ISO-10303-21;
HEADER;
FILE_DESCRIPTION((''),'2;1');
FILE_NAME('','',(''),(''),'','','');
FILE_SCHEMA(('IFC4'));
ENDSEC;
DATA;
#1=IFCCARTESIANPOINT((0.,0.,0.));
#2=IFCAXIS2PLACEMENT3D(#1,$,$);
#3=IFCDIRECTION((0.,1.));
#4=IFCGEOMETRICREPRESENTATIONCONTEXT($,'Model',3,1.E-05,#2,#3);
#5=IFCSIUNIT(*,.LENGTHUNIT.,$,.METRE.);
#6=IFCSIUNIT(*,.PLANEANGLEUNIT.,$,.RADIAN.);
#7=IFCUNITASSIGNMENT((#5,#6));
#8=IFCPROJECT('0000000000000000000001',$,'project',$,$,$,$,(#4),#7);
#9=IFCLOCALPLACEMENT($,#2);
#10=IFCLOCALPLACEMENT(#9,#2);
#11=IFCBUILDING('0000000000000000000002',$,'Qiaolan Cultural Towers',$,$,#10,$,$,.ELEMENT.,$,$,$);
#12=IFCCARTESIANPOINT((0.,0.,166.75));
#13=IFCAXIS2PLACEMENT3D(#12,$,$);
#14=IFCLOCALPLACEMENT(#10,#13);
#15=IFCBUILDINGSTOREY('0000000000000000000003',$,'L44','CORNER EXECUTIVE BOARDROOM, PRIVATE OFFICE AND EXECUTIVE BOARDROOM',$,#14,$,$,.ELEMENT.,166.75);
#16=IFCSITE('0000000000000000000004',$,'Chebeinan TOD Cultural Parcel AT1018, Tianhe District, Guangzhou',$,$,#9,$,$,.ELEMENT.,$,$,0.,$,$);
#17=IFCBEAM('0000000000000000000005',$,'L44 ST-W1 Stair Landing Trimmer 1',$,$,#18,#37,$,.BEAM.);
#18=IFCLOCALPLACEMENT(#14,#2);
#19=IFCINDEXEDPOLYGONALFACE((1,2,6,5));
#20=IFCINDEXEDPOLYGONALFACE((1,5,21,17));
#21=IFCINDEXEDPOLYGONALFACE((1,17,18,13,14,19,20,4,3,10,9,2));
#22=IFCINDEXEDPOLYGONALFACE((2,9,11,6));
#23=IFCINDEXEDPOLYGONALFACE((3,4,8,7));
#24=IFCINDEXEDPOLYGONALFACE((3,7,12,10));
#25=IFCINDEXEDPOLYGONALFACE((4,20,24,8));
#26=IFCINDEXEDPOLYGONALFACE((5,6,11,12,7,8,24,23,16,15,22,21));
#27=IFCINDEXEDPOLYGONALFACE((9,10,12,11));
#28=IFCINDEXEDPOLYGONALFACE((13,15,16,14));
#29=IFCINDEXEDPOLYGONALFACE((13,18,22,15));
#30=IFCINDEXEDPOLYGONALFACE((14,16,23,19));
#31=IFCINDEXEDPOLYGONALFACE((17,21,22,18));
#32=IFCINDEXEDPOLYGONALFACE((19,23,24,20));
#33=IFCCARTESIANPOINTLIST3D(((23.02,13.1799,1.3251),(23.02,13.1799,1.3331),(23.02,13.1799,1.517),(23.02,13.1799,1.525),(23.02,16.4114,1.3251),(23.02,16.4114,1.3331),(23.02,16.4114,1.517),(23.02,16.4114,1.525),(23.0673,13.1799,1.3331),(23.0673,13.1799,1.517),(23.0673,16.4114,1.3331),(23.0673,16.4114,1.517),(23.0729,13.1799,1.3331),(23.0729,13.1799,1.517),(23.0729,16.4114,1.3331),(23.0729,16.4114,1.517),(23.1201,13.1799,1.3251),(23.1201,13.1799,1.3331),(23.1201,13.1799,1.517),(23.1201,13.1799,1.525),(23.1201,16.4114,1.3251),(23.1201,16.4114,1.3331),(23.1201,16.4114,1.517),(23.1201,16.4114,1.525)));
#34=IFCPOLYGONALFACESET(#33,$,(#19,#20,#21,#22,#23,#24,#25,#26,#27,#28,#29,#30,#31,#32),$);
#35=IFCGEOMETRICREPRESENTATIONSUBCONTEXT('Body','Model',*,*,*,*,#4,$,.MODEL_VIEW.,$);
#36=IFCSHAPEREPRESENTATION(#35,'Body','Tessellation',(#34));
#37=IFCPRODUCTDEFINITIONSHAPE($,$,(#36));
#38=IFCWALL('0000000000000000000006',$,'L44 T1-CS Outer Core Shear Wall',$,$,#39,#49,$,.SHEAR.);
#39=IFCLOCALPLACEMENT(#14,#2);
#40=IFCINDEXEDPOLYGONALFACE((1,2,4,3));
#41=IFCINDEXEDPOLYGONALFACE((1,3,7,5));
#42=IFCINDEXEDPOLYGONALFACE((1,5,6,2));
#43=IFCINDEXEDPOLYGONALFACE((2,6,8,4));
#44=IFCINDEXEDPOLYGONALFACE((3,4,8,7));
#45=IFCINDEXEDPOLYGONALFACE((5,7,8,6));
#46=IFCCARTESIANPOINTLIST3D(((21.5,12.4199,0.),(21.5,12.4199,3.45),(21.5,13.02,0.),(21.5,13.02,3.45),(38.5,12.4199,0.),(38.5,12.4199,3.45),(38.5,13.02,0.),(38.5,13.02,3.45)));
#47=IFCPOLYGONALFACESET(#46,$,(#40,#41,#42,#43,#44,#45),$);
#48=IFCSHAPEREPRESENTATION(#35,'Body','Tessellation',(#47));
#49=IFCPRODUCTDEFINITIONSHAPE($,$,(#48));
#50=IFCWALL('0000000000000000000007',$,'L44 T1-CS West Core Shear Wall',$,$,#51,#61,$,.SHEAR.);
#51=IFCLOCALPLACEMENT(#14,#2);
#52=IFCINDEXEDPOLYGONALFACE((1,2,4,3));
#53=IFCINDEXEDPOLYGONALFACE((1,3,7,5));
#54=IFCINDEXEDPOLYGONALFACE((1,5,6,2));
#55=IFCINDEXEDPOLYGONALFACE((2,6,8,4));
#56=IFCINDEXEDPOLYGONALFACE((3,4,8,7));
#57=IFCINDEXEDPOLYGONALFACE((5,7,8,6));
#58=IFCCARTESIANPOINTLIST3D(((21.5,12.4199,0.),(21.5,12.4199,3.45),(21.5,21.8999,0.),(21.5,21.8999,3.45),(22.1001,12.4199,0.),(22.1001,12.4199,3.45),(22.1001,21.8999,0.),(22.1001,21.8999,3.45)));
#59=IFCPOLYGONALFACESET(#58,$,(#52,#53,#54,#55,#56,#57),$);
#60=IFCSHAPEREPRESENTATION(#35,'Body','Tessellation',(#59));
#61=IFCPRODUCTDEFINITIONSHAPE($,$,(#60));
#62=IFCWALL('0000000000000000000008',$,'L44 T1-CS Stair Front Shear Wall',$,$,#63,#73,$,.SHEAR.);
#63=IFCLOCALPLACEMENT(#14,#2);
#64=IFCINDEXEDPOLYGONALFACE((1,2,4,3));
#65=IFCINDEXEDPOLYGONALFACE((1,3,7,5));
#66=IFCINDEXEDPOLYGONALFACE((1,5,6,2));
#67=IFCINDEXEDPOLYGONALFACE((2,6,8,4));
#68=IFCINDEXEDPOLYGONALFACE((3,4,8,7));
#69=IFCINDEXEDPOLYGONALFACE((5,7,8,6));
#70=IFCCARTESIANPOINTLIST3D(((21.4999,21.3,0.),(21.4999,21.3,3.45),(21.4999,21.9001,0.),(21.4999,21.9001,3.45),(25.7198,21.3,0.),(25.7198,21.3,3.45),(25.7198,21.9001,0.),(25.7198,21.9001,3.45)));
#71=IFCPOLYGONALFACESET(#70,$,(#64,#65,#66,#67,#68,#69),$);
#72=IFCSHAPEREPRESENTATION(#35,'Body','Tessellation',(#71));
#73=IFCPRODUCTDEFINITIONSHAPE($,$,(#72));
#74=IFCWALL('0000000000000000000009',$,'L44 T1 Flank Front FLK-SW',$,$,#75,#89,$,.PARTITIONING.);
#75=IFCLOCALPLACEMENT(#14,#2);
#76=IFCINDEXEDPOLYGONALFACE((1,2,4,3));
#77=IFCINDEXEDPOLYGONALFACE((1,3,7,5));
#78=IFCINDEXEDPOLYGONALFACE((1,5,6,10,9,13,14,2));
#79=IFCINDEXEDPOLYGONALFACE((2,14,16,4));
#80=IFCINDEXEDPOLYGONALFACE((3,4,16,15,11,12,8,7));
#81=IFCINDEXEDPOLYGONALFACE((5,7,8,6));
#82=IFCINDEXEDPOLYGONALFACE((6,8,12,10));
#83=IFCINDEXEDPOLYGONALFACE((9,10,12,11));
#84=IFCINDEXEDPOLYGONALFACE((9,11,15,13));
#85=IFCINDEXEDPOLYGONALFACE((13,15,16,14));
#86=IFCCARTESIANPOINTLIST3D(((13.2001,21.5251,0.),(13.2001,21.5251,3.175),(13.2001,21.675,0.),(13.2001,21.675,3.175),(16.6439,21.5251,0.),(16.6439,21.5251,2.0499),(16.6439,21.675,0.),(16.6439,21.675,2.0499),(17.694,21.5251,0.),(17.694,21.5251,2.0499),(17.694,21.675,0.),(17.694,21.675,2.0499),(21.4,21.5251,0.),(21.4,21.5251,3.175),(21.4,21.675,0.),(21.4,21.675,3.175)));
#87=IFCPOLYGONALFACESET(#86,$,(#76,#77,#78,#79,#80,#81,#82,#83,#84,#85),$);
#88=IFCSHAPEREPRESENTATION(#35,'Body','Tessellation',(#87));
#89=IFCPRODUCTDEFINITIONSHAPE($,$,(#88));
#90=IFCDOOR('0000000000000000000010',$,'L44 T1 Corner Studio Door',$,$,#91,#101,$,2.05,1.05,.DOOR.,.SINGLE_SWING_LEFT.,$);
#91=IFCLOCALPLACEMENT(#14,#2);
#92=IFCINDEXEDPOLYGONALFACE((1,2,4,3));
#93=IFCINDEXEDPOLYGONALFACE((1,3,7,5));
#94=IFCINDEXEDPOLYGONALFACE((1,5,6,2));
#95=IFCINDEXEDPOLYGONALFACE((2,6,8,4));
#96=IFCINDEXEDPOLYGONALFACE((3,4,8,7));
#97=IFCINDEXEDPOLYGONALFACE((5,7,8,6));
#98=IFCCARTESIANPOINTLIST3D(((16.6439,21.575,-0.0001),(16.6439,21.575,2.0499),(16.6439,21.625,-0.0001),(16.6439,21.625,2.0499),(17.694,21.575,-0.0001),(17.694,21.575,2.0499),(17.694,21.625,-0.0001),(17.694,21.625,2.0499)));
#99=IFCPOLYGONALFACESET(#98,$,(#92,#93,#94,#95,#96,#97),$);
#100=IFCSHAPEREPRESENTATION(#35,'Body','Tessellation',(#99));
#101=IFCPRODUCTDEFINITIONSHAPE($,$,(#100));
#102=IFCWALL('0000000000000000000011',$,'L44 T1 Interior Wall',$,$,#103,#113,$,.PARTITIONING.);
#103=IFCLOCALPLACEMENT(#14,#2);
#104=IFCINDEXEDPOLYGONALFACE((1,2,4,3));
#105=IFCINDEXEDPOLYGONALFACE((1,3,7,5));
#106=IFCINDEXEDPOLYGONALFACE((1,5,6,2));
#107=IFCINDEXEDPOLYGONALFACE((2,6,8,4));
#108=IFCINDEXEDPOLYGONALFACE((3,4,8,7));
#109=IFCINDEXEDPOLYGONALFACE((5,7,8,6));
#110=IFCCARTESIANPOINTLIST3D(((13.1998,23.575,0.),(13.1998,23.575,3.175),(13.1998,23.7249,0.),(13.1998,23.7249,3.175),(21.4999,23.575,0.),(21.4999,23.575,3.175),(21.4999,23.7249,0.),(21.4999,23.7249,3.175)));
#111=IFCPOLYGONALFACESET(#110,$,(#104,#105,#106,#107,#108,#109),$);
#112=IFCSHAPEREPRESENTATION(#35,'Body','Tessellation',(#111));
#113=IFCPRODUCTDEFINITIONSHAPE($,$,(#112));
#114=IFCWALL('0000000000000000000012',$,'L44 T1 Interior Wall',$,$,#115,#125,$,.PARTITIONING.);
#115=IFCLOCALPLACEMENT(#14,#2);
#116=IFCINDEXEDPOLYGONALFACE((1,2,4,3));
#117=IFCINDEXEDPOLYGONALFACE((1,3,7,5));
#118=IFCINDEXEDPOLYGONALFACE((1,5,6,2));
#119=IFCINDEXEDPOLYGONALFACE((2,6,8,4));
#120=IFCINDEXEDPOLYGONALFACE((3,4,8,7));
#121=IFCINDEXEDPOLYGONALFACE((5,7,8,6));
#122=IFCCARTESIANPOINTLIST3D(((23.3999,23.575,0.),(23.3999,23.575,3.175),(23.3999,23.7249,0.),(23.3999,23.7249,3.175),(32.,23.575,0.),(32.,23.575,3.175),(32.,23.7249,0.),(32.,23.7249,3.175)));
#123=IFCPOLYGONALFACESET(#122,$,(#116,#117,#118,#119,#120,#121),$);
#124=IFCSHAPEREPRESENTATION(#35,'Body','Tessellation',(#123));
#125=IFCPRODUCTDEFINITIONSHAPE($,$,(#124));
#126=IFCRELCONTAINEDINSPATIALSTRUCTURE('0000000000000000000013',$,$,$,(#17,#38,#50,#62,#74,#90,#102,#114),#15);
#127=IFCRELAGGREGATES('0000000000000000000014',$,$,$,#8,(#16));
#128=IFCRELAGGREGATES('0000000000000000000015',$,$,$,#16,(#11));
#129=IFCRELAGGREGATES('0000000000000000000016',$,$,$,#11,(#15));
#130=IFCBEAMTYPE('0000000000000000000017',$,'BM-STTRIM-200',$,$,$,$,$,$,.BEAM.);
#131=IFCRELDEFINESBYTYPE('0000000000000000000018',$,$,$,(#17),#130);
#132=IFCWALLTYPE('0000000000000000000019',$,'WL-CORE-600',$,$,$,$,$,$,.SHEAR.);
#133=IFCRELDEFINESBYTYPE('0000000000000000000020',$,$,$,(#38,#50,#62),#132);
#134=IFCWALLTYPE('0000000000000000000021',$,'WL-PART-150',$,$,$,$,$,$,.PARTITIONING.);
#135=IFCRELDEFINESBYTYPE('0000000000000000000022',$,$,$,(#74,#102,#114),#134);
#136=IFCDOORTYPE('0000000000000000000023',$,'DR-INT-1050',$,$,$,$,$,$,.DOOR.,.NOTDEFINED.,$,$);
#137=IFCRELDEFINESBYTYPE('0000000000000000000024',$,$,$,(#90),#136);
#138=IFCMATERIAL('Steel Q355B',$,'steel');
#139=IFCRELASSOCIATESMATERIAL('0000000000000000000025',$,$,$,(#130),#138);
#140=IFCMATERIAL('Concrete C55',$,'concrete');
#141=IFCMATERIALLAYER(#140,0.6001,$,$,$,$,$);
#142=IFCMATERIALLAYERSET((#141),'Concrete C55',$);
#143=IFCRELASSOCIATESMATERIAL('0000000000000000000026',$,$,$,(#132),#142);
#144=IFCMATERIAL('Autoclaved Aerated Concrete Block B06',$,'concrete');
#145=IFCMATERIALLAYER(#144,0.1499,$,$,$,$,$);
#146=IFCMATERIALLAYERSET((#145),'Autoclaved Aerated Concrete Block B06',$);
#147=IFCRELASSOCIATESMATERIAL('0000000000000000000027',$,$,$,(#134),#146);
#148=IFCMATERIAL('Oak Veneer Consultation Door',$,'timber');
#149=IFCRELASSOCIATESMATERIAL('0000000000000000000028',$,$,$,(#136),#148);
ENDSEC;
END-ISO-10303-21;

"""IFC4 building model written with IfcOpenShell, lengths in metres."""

from ifc_helpers import new_model, si_unit, direction, frame, frame_2d, origin, origin_2d, place, context, subcontext, project, spatial, rectangle, i_section, extrude, material, layer, layer_set, material_profile, profile_set, type_object, element, fill, save


model = new_model("IFC4")

# Units and contexts
model_context = context("Model", 3, precision=1e-05, world=origin(), true_north=direction((0.0, 1.0)))
body_context = subcontext(model_context, "Body", "Model", "MODEL_VIEW")
ifc_project = project(units=[si_unit("LENGTHUNIT", "METRE"), si_unit("PLANEANGLEUNIT", "RADIAN")], contexts=[model_context])

# Site, building, storey
site_placement = place(None, origin())
site = spatial("IfcSite", under=ifc_project, at=site_placement, Name="Chebeinan TOD Cultural Parcel AT1018, Tianhe District, Guangzhou", CompositionType="ELEMENT", RefElevation=0.0)
building_placement = place(site_placement, origin())
building = spatial("IfcBuilding", under=site, at=building_placement, Name="Qiaolan Cultural Towers", CompositionType="ELEMENT")
storey_placement = place(building_placement, frame((0.0, 0.0, 166.75)))
storey = spatial("IfcBuildingStorey", under=building, at=storey_placement, Name="L44", Description="CORNER EXECUTIVE BOARDROOM, PRIVATE OFFICE AND EXECUTIVE BOARDROOM", CompositionType="ELEMENT", Elevation=166.75)

# Beam
ifc_material_1 = material(Name="Steel Q355B", Category="steel")
ifc_material_profile_1 = material_profile(ifc_material_1, i_section(OverallWidth=0.1001, OverallDepth=0.2, WebThickness=0.0056, FlangeThickness=0.0081, at=origin_2d()), Name="HN200x100x5.5x8")
ifc_profile_set_1 = profile_set([ifc_material_profile_1], Name="Steel Q355B")
beam_type_1 = type_object("IfcBeamType", Name="BM-STTRIM-200", PredefinedType="BEAM", material=ifc_profile_set_1)
beam_1_placement = place(storey_placement, frame((23.0701, 16.4114, 1.425), z_axis=(0.0, -1.0, 0.0), x_axis=(1.0, 0.0, 0.0)))
element("IfcBeam", 1, at=beam_1_placement, inside=storey, type_object=beam_type_1, Name="L44 ST-W1 Stair Landing Trimmer 1", PredefinedType="BEAM", context=body_context, shape_type="SweptSolid", body=[
    extrude(i_section(OverallWidth=0.1001, OverallDepth=0.2, WebThickness=0.0056, FlangeThickness=0.0081, at=origin_2d()), origin(), (0.0, 0.0, 1.0), 3.2314),
])

# Walls
ifc_material_2 = material(Name="Concrete C55", Category="concrete")
ifc_layer_1 = layer(ifc_material_2, 0.6001)
ifc_layer_set_1 = layer_set([ifc_layer_1], Name="Concrete C55")
wall_type_1 = type_object("IfcWallType", Name="WL-CORE-600", PredefinedType="SHEAR", material=ifc_layer_set_1)
wall_1_placement = place(storey_placement, frame((21.5, 12.72, 0.0), z_axis=(0.0, 0.0, 1.0), x_axis=(1.0, 0.0, 0.0)))
element("IfcWall", 2, at=wall_1_placement, inside=storey, type_object=wall_type_1, Name="L44 T1-CS Outer Core Shear Wall", PredefinedType="SHEAR", context=body_context, shape_type="SweptSolid", body=[
    extrude(rectangle(XDim=17.0, YDim=0.6001, at=frame_2d((8.5, 0.0))), origin(), (0.0, 0.0, 1.0), 3.45),
])
wall_2_placement = place(storey_placement, frame((21.8, 21.8999, 0.0), z_axis=(0.0, 0.0, 1.0), x_axis=(0.0, -1.0, 0.0)))
element("IfcWall", 3, at=wall_2_placement, inside=storey, type_object=wall_type_1, Name="L44 T1-CS West Core Shear Wall", PredefinedType="SHEAR", context=body_context, shape_type="SweptSolid", body=[
    extrude(rectangle(XDim=9.48, YDim=0.6001, at=frame_2d((4.74, 0.0))), origin(), (0.0, 0.0, 1.0), 3.45),
])
wall_3_placement = place(storey_placement, frame((21.5, 21.6001, 0.0), z_axis=(0.0, 0.0, 1.0), x_axis=(1.0, 0.0, 0.0)))
element("IfcWall", 4, at=wall_3_placement, inside=storey, type_object=wall_type_1, Name="L44 T1-CS Stair Front Shear Wall", PredefinedType="SHEAR", context=body_context, shape_type="SweptSolid", body=[
    extrude(rectangle(XDim=4.22, YDim=0.6001, at=frame_2d((2.1099, 0.0))), origin(), (0.0, 0.0, 1.0), 3.45),
])

# Wall, opening, door
ifc_material_3 = material(Name="Autoclaved Aerated Concrete Block B06", Category="concrete")
ifc_layer_2 = layer(ifc_material_3, 0.1499)
ifc_layer_set_2 = layer_set([ifc_layer_2], Name="Autoclaved Aerated Concrete Block B06")
wall_type_2 = type_object("IfcWallType", Name="WL-PART-150", PredefinedType="PARTITIONING", material=ifc_layer_set_2)
wall_4_placement = place(storey_placement, frame((13.2, 21.6001, 0.0), z_axis=(0.0, 0.0, 1.0), x_axis=(1.0, 0.0, 0.0)))
wall_4 = element("IfcWall", 5, at=wall_4_placement, inside=storey, type_object=wall_type_2, Name="L44 T1 Flank Front FLK-SW", PredefinedType="PARTITIONING", context=body_context, shape_type="SweptSolid", body=[
    extrude(rectangle(XDim=8.2, YDim=0.1499, at=frame_2d((4.1001, 0.0))), origin(), (0.0, 0.0, 1.0), 3.175),
])
opening_1_placement = place(wall_4_placement, frame((3.4441, 0.0, 0.0)))
opening_1 = element("IfcOpeningElement", 6, at=opening_1_placement, cuts=wall_4, PredefinedType="OPENING", context=body_context, shape_type="SweptSolid", body=[
    extrude(rectangle(XDim=1.05, YDim=2.05, at=frame_2d((0.5249, 1.0249))), frame((0.0, 0.085, 0.0), z_axis=(0.0, -1.0, 0.0), x_axis=(1.0, 0.0, 0.0)), (0.0, 0.0, 1.0), 0.1699),
])
ifc_material_4 = material(Name="Oak Veneer Consultation Door", Category="timber")
door_type_1 = type_object("IfcDoorType", Name="DR-INT-1050", OperationType="NOTDEFINED", PredefinedType="DOOR", material=ifc_material_4)
door_1_placement = place(opening_1_placement, origin())
door_1 = element("IfcDoor", 7, at=door_1_placement, inside=storey, type_object=door_type_1, Name="L44 T1 Corner Studio Door", OperationType="SINGLE_SWING_LEFT", OverallHeight=2.05, OverallWidth=1.05, PredefinedType="DOOR", context=body_context, shape_type="SweptSolid", body=[
    extrude(rectangle(XDim=1.05, YDim=2.05, at=frame_2d((0.5249, 1.0249))), frame((0.0, 0.0249, 0.0), z_axis=(0.0, -1.0, 0.0), x_axis=(1.0, 0.0, 0.0)), (0.0, 0.0, 1.0), 0.05),
])
fill(opening_1, door_1)

# Walls
wall_5_placement = place(storey_placement, frame((13.2, 23.6499, 0.0), z_axis=(0.0, 0.0, 1.0), x_axis=(1.0, 0.0, 0.0)))
element("IfcWall", 8, at=wall_5_placement, inside=storey, type_object=wall_type_2, Name="L44 T1 Interior Wall", PredefinedType="PARTITIONING", context=body_context, shape_type="SweptSolid", body=[
    extrude(rectangle(XDim=8.3, YDim=0.1499, at=frame_2d((4.1499, 0.0))), origin(), (0.0, 0.0, 1.0), 3.175),
])
wall_6_placement = place(storey_placement, frame((23.3999, 23.6499, 0.0), z_axis=(0.0, 0.0, 1.0), x_axis=(1.0, 0.0, 0.0)))
element("IfcWall", 9, at=wall_6_placement, inside=storey, type_object=wall_type_2, Name="L44 T1 Interior Wall", PredefinedType="PARTITIONING", context=body_context, shape_type="SweptSolid", body=[
    extrude(rectangle(XDim=8.6001, YDim=0.1499, at=frame_2d((4.3, 0.0))), origin(), (0.0, 0.0, 1.0), 3.175),
])

save(model, "model.ifc")
